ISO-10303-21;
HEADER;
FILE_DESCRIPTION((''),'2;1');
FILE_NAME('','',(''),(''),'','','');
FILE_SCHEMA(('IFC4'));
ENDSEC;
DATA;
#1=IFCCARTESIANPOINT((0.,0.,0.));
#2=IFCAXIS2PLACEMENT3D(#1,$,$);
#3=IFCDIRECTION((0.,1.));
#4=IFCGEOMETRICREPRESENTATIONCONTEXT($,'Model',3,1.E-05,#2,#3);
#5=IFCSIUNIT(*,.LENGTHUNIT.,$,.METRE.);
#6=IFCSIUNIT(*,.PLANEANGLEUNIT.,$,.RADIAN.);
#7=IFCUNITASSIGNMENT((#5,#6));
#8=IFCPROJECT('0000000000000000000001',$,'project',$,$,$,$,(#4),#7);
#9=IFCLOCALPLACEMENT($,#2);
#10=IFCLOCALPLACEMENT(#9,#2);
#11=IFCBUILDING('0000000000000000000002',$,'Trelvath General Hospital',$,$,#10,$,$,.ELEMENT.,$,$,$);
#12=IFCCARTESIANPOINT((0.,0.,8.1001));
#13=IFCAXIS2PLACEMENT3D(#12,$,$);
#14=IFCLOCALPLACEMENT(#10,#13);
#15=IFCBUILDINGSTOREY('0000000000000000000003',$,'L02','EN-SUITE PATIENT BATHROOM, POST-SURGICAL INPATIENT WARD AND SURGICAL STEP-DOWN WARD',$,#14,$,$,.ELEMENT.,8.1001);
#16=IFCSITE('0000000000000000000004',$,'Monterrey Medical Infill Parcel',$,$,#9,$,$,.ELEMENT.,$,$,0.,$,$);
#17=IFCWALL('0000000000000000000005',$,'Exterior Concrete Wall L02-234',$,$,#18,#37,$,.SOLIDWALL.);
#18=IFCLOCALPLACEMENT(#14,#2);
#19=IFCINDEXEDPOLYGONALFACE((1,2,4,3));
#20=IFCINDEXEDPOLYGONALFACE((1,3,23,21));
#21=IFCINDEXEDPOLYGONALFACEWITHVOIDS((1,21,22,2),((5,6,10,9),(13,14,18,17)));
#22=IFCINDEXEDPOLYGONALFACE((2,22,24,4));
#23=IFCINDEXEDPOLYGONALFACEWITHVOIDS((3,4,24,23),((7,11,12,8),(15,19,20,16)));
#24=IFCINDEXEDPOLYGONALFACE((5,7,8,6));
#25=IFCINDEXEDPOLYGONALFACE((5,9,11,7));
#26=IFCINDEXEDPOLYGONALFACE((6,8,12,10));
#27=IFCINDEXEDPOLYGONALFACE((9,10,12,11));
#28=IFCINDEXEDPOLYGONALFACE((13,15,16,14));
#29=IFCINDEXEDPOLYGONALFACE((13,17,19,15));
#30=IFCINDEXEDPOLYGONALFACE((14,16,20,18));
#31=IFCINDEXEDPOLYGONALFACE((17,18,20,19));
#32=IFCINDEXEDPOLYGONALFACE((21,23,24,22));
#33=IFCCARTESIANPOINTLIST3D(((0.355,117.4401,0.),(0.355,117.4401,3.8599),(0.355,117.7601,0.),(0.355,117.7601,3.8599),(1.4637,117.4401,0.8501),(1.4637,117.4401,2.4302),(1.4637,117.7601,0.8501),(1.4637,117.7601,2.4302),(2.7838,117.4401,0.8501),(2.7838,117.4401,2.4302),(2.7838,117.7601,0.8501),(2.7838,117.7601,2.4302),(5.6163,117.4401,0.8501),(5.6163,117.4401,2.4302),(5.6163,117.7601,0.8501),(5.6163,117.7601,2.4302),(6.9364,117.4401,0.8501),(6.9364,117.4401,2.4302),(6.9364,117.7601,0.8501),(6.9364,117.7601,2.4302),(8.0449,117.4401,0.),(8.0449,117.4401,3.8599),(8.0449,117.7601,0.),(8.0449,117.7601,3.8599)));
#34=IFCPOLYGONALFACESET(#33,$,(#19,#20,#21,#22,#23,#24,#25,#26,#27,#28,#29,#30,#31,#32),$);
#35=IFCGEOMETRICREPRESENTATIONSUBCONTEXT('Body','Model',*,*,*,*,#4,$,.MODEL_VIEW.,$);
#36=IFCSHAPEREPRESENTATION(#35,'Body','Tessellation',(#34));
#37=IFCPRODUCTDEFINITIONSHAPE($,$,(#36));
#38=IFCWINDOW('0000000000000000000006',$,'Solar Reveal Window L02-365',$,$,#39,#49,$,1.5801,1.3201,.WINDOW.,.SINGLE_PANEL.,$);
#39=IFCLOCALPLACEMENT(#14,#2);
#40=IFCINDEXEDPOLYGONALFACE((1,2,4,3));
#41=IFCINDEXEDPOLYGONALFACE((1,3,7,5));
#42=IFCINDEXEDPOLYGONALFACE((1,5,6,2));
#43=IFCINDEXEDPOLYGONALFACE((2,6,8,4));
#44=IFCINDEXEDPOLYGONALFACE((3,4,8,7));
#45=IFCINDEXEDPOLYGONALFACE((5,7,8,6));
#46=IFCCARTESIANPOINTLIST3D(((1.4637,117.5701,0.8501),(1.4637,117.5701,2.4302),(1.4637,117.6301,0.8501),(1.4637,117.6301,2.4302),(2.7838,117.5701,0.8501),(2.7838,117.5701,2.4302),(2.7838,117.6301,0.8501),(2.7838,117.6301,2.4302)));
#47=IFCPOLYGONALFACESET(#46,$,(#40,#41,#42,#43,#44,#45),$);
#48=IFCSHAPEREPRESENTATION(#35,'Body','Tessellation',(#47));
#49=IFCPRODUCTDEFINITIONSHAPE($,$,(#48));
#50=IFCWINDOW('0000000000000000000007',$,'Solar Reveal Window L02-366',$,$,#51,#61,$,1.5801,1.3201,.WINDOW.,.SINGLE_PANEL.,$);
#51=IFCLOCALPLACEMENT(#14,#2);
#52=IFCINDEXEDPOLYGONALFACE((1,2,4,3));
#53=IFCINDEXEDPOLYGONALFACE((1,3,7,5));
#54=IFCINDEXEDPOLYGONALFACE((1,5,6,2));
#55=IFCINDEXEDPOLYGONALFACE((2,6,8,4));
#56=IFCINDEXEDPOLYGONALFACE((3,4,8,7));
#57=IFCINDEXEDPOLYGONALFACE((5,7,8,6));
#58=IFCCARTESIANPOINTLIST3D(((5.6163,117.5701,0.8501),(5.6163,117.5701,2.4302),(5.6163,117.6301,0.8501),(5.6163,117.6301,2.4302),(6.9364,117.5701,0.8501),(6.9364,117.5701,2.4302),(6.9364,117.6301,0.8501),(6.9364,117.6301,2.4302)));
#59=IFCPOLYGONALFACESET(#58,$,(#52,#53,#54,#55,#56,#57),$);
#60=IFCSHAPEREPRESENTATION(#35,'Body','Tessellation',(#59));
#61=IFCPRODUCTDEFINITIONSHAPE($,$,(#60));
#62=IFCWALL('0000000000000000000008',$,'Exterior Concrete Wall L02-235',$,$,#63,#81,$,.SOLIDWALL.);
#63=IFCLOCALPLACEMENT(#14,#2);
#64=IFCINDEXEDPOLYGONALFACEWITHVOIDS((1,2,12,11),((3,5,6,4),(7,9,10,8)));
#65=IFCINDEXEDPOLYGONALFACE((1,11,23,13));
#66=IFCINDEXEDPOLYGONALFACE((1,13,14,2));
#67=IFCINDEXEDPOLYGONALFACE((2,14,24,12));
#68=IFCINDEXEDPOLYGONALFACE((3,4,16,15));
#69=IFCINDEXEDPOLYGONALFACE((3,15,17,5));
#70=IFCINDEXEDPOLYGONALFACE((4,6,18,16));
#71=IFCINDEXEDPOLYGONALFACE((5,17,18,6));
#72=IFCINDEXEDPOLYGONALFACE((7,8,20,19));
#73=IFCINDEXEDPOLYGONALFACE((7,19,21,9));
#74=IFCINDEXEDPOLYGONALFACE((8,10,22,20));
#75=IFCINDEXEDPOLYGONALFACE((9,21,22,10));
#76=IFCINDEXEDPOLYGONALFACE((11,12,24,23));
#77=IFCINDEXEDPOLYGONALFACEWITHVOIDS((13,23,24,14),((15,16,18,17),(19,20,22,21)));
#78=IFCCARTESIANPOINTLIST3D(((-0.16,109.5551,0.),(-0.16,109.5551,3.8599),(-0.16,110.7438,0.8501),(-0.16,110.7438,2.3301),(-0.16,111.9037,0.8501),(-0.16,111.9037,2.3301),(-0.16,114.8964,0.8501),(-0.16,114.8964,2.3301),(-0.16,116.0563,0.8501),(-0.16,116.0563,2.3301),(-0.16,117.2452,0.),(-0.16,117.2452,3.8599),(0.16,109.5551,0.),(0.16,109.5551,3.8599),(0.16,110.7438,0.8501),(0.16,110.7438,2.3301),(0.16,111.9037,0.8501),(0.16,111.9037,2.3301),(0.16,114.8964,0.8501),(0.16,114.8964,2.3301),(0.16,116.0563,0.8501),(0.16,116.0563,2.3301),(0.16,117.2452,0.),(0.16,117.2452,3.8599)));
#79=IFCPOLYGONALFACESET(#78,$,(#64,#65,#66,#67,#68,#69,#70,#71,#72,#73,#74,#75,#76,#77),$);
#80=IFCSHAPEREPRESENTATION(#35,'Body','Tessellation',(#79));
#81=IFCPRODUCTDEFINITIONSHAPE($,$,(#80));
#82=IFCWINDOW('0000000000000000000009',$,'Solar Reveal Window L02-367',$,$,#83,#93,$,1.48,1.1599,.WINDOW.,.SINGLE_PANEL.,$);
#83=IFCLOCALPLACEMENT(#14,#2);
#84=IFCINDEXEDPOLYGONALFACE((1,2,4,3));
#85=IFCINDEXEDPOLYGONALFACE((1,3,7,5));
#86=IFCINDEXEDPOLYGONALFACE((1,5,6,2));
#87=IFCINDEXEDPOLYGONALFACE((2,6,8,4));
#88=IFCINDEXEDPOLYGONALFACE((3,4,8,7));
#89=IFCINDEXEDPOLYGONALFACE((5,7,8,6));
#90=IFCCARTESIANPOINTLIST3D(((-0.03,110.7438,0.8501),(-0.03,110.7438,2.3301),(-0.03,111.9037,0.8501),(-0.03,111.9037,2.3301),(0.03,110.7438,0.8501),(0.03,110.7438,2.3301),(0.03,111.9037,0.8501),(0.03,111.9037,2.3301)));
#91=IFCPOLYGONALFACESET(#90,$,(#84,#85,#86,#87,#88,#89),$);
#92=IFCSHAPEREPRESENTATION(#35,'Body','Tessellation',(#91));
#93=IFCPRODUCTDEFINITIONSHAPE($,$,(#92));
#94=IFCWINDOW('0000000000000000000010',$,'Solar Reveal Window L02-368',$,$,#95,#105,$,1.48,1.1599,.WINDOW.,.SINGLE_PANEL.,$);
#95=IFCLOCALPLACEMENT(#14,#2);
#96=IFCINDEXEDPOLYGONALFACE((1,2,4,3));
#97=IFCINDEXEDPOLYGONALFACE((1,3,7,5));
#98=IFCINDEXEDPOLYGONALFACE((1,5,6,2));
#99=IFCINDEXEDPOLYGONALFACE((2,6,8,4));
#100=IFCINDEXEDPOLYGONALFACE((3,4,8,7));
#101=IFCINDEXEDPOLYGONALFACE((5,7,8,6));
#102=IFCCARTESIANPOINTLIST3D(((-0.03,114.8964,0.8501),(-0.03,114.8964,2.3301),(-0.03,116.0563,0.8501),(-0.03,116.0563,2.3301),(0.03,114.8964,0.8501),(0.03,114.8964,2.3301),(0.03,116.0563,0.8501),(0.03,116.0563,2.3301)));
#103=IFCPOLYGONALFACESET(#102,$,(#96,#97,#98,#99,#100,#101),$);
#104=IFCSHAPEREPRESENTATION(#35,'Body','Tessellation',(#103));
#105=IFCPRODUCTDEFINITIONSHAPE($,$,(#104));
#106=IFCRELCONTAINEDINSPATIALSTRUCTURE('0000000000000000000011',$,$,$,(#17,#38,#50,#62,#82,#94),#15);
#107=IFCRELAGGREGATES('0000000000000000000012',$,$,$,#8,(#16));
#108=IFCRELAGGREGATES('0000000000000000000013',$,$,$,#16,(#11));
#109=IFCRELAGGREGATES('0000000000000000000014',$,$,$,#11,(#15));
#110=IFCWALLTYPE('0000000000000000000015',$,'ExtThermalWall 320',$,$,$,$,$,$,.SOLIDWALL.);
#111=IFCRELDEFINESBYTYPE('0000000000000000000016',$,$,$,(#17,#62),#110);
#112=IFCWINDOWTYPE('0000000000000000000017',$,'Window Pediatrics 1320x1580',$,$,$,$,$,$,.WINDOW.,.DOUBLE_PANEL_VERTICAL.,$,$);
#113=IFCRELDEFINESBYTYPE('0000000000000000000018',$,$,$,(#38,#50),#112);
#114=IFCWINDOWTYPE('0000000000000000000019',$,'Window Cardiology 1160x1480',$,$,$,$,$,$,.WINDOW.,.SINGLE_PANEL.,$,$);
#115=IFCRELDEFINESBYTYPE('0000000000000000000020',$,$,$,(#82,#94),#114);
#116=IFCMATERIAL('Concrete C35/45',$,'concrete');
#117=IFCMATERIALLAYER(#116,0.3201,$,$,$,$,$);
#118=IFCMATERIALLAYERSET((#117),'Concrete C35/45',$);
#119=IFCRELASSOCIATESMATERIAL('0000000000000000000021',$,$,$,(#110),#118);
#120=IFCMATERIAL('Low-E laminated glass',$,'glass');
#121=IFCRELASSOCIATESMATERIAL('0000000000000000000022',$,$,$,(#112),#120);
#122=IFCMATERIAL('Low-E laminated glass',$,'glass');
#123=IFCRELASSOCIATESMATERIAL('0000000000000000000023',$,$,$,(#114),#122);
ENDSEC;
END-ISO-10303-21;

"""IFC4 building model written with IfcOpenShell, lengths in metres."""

from ifc_helpers import new_model, si_unit, direction, frame, frame_2d, origin, place, context, subcontext, project, spatial, rectangle, extrude, material, layer, layer_set, type_object, element, fill, save


model = new_model("IFC4")

# Units and contexts
model_context = context("Model", 3, precision=1e-05, world=origin(), true_north=direction((0.0, 1.0)))
body_context = subcontext(model_context, "Body", "Model", "MODEL_VIEW")
ifc_project = project(units=[si_unit("LENGTHUNIT", "METRE"), si_unit("PLANEANGLEUNIT", "RADIAN")], contexts=[model_context])

# Site, building, storey
site_placement = place(None, origin())
site = spatial("IfcSite", under=ifc_project, at=site_placement, Name="Monterrey Medical Infill Parcel", CompositionType="ELEMENT", RefElevation=0.0)
building_placement = place(site_placement, origin())
building = spatial("IfcBuilding", under=site, at=building_placement, Name="Trelvath General Hospital", CompositionType="ELEMENT")
storey_placement = place(building_placement, frame((0.0, 0.0, 8.1001)))
storey = spatial("IfcBuildingStorey", under=building, at=storey_placement, Name="L02", Description="EN-SUITE PATIENT BATHROOM, POST-SURGICAL INPATIENT WARD AND SURGICAL STEP-DOWN WARD", CompositionType="ELEMENT", Elevation=8.1001)

# Walls, openings, windows
ifc_material_1 = material(Name="Concrete C35/45", Category="concrete")
ifc_layer_1 = layer(ifc_material_1, 0.3201)
ifc_layer_set_1 = layer_set([ifc_layer_1], Name="Concrete C35/45")
wall_type_1 = type_object("IfcWallType", Name="ExtThermalWall 320", PredefinedType="SOLIDWALL", material=ifc_layer_set_1)
wall_1_placement = place(storey_placement, frame((0.355, 117.6001, 0.0), z_axis=(0.0, 0.0, 1.0), x_axis=(1.0, 0.0, 0.0)))
wall_1 = element("IfcWall", 1, at=wall_1_placement, inside=storey, type_object=wall_type_1, Name="Exterior Concrete Wall L02-234", PredefinedType="SOLIDWALL", context=body_context, shape_type="SweptSolid", body=[
    extrude(rectangle(XDim=7.6899, YDim=0.3201, at=frame_2d((3.845, 0.0))), origin(), (0.0, 0.0, 1.0), 3.8599),
])
opening_1_placement = place(wall_1_placement, frame((1.1086, 0.0, 0.8501)))
opening_1 = element("IfcOpeningElement", 2, at=opening_1_placement, cuts=wall_1, PredefinedType="OPENING", context=body_context, shape_type="SweptSolid", body=[
    extrude(rectangle(XDim=1.3201, YDim=1.5801, at=frame_2d((0.6602, 0.79))), frame((0.0, 0.1699, 0.0), z_axis=(0.0, -1.0, 0.0), x_axis=(1.0, 0.0, 0.0)), (0.0, 0.0, 1.0), 0.3401),
])
opening_2_placement = place(wall_1_placement, frame((5.2612, 0.0, 0.8501)))
opening_2 = element("IfcOpeningElement", 3, at=opening_2_placement, cuts=wall_1, PredefinedType="OPENING", context=body_context, shape_type="SweptSolid", body=[
    extrude(rectangle(XDim=1.3201, YDim=1.5801, at=frame_2d((0.6602, 0.79))), frame((0.0, 0.1699, 0.0), z_axis=(0.0, -1.0, 0.0), x_axis=(1.0, 0.0, 0.0)), (0.0, 0.0, 1.0), 0.3401),
])
ifc_material_2 = material(Name="Low-E laminated glass", Category="glass")
window_type_1 = type_object("IfcWindowType", Name="Window Pediatrics 1320x1580", PartitioningType="DOUBLE_PANEL_VERTICAL", PredefinedType="WINDOW", material=ifc_material_2)
window_1_placement = place(opening_1_placement, origin())
window_1 = element("IfcWindow", 4, at=window_1_placement, inside=storey, type_object=window_type_1, Name="Solar Reveal Window L02-365", OverallHeight=1.5801, OverallWidth=1.3201, PartitioningType="SINGLE_PANEL", PredefinedType="WINDOW", context=body_context, shape_type="SweptSolid", body=[
    extrude(rectangle(XDim=1.3201, YDim=1.5801, at=frame_2d((0.6602, 0.79))), frame((0.0, 0.03, 0.0), z_axis=(0.0, -1.0, 0.0), x_axis=(1.0, 0.0, 0.0)), (0.0, 0.0, 1.0), 0.0601),
])
fill(opening_1, window_1)
window_2_placement = place(opening_2_placement, origin())
window_2 = element("IfcWindow", 5, at=window_2_placement, inside=storey, type_object=window_type_1, Name="Solar Reveal Window L02-366", OverallHeight=1.5801, OverallWidth=1.3201, PartitioningType="SINGLE_PANEL", PredefinedType="WINDOW", context=body_context, shape_type="SweptSolid", body=[
    extrude(rectangle(XDim=1.3201, YDim=1.5801, at=frame_2d((0.6602, 0.79))), frame((0.0, 0.03, 0.0), z_axis=(0.0, -1.0, 0.0), x_axis=(1.0, 0.0, 0.0)), (0.0, 0.0, 1.0), 0.0601),
])
fill(opening_2, window_2)
wall_2_placement = place(storey_placement, frame((0.0, 109.5549, 0.0), z_axis=(0.0, 0.0, 1.0), x_axis=(0.0, 1.0, 0.0)))
wall_2 = element("IfcWall", 6, at=wall_2_placement, inside=storey, type_object=wall_type_1, Name="Exterior Concrete Wall L02-235", PredefinedType="SOLIDWALL", context=body_context, shape_type="SweptSolid", body=[
    extrude(rectangle(XDim=7.6902, YDim=0.3201, at=frame_2d((3.8452, 0.0))), origin(), (0.0, 0.0, 1.0), 3.8599),
])
opening_3_placement = place(wall_2_placement, frame((1.1887, 0.0, 0.8501)))
opening_3 = element("IfcOpeningElement", 7, at=opening_3_placement, cuts=wall_2, PredefinedType="OPENING", context=body_context, shape_type="SweptSolid", body=[
    extrude(rectangle(XDim=1.1599, YDim=1.48, at=frame_2d((0.5801, 0.74))), frame((0.0, 0.1699, 0.0), z_axis=(0.0, -1.0, 0.0), x_axis=(1.0, 0.0, 0.0)), (0.0, 0.0, 1.0), 0.3401),
])
opening_4_placement = place(wall_2_placement, frame((5.3413, 0.0, 0.8501)))
opening_4 = element("IfcOpeningElement", 8, at=opening_4_placement, cuts=wall_2, PredefinedType="OPENING", context=body_context, shape_type="SweptSolid", body=[
    extrude(rectangle(XDim=1.1599, YDim=1.48, at=frame_2d((0.5801, 0.74))), frame((0.0, 0.1699, 0.0), z_axis=(0.0, -1.0, 0.0), x_axis=(1.0, 0.0, 0.0)), (0.0, 0.0, 1.0), 0.3401),
])
ifc_material_3 = material(Name="Low-E laminated glass", Category="glass")
window_type_2 = type_object("IfcWindowType", Name="Window Cardiology 1160x1480", PartitioningType="SINGLE_PANEL", PredefinedType="WINDOW", material=ifc_material_3)
window_3_placement = place(opening_3_placement, origin())
window_3 = element("IfcWindow", 9, at=window_3_placement, inside=storey, type_object=window_type_2, Name="Solar Reveal Window L02-367", OverallHeight=1.48, OverallWidth=1.1599, PartitioningType="SINGLE_PANEL", PredefinedType="WINDOW", context=body_context, shape_type="SweptSolid", body=[
    extrude(rectangle(XDim=1.1599, YDim=1.48, at=frame_2d((0.5801, 0.74))), frame((0.0, 0.03, 0.0), z_axis=(0.0, -1.0, 0.0), x_axis=(1.0, 0.0, 0.0)), (0.0, 0.0, 1.0), 0.0601),
])
fill(opening_3, window_3)
window_4_placement = place(opening_4_placement, origin())
window_4 = element("IfcWindow", 10, at=window_4_placement, inside=storey, type_object=window_type_2, Name="Solar Reveal Window L02-368", OverallHeight=1.48, OverallWidth=1.1599, PartitioningType="SINGLE_PANEL", PredefinedType="WINDOW", context=body_context, shape_type="SweptSolid", body=[
    extrude(rectangle(XDim=1.1599, YDim=1.48, at=frame_2d((0.5801, 0.74))), frame((0.0, 0.03, 0.0), z_axis=(0.0, -1.0, 0.0), x_axis=(1.0, 0.0, 0.0)), (0.0, 0.0, 1.0), 0.0601),
])
fill(opening_4, window_4)

save(model, "model.ifc")
